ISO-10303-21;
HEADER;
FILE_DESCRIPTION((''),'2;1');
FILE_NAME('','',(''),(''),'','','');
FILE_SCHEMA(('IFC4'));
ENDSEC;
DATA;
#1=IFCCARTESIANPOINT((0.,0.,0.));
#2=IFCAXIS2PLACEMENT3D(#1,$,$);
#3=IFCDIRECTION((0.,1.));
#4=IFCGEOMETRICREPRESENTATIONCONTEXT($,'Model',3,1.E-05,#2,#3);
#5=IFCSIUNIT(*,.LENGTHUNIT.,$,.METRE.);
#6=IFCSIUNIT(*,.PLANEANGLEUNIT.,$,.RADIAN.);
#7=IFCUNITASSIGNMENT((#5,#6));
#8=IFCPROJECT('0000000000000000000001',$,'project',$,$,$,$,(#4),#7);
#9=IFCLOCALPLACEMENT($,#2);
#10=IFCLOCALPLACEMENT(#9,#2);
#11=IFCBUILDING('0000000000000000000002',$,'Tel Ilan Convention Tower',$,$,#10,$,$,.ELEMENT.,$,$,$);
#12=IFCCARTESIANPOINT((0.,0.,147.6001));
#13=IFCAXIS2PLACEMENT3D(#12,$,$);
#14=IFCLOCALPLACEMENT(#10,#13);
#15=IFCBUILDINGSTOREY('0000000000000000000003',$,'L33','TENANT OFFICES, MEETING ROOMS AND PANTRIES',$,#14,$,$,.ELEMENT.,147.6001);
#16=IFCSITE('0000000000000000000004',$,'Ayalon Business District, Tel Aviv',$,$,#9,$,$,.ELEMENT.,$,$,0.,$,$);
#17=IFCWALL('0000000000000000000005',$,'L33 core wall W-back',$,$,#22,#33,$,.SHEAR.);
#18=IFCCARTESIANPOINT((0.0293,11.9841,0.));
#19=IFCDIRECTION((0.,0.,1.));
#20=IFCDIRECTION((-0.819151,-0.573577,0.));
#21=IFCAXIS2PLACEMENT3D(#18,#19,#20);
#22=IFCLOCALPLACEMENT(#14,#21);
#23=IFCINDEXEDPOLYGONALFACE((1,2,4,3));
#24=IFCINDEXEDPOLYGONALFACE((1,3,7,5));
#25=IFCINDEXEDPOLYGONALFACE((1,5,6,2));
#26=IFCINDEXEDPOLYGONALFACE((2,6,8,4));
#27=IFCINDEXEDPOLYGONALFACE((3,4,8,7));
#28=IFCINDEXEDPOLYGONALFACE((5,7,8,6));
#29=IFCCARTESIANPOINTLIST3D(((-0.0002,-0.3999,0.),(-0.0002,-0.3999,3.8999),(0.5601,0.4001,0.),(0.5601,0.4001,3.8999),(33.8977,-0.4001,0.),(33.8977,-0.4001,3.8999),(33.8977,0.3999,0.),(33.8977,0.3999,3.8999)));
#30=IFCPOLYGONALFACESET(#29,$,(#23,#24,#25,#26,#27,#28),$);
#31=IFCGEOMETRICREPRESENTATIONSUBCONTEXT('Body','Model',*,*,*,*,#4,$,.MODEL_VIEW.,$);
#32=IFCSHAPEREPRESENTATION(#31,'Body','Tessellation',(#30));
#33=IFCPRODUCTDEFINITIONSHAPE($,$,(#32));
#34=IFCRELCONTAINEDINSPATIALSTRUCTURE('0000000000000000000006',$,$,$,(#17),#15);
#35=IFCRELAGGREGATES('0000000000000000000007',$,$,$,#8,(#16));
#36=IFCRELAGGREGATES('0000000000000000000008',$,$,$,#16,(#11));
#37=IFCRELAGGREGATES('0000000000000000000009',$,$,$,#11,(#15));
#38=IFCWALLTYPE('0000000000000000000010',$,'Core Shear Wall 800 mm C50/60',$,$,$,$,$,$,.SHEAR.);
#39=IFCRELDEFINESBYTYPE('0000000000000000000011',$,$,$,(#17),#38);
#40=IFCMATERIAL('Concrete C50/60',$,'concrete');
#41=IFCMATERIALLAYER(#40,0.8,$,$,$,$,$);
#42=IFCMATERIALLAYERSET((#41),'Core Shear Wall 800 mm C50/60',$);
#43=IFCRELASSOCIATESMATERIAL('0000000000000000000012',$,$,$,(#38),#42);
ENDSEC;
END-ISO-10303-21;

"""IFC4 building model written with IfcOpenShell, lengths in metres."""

from ifc_helpers import new_model, si_unit, direction, frame, origin, place, context, subcontext, project, spatial, polyline, outline, extrude, material, layer, layer_set, type_object, element, save


model = new_model("IFC4")

# Units and contexts
model_context = context("Model", 3, precision=1e-05, world=origin(), true_north=direction((0.0, 1.0)))
body_context = subcontext(model_context, "Body", "Model", "MODEL_VIEW")
ifc_project = project(units=[si_unit("LENGTHUNIT", "METRE"), si_unit("PLANEANGLEUNIT", "RADIAN")], contexts=[model_context])

# Site, building, storey
site_placement = place(None, origin())
site = spatial("IfcSite", under=ifc_project, at=site_placement, Name="Ayalon Business District, Tel Aviv", CompositionType="ELEMENT", RefElevation=0.0)
building_placement = place(site_placement, origin())
building = spatial("IfcBuilding", under=site, at=building_placement, Name="Tel Ilan Convention Tower", CompositionType="ELEMENT")
storey_placement = place(building_placement, frame((0.0, 0.0, 147.6001)))
storey = spatial("IfcBuildingStorey", under=building, at=storey_placement, Name="L33", Description="TENANT OFFICES, MEETING ROOMS AND PANTRIES", CompositionType="ELEMENT", Elevation=147.6001)

# Wall
ifc_material_1 = material(Name="Concrete C50/60", Category="concrete")
ifc_layer_1 = layer(ifc_material_1, 0.8)
ifc_layer_set_1 = layer_set([ifc_layer_1], Name="Core Shear Wall 800 mm C50/60")
wall_type_1 = type_object("IfcWallType", Name="Core Shear Wall 800 mm C50/60", PredefinedType="SHEAR", material=ifc_layer_set_1)
wall_1_placement = place(storey_placement, frame((0.0293, 11.9841, 0.0), z_axis=(0.0, 0.0, 1.0), x_axis=(-0.819151, -0.573577, 0.0)))
element("IfcWall", 1, at=wall_1_placement, inside=storey, type_object=wall_type_1, Name="L33 core wall W-back", PredefinedType="SHEAR", context=body_context, shape_type="SweptSolid", body=[
    extrude(outline(polyline([(33.8977, 0.3999), (0.5601, 0.4001), (-0.0002, -0.3999), (33.8977, -0.4001), (33.8977, 0.3999)])), origin(), (0.0, 0.0, 1.0), 3.8999),
])

save(model, "model.ifc")
